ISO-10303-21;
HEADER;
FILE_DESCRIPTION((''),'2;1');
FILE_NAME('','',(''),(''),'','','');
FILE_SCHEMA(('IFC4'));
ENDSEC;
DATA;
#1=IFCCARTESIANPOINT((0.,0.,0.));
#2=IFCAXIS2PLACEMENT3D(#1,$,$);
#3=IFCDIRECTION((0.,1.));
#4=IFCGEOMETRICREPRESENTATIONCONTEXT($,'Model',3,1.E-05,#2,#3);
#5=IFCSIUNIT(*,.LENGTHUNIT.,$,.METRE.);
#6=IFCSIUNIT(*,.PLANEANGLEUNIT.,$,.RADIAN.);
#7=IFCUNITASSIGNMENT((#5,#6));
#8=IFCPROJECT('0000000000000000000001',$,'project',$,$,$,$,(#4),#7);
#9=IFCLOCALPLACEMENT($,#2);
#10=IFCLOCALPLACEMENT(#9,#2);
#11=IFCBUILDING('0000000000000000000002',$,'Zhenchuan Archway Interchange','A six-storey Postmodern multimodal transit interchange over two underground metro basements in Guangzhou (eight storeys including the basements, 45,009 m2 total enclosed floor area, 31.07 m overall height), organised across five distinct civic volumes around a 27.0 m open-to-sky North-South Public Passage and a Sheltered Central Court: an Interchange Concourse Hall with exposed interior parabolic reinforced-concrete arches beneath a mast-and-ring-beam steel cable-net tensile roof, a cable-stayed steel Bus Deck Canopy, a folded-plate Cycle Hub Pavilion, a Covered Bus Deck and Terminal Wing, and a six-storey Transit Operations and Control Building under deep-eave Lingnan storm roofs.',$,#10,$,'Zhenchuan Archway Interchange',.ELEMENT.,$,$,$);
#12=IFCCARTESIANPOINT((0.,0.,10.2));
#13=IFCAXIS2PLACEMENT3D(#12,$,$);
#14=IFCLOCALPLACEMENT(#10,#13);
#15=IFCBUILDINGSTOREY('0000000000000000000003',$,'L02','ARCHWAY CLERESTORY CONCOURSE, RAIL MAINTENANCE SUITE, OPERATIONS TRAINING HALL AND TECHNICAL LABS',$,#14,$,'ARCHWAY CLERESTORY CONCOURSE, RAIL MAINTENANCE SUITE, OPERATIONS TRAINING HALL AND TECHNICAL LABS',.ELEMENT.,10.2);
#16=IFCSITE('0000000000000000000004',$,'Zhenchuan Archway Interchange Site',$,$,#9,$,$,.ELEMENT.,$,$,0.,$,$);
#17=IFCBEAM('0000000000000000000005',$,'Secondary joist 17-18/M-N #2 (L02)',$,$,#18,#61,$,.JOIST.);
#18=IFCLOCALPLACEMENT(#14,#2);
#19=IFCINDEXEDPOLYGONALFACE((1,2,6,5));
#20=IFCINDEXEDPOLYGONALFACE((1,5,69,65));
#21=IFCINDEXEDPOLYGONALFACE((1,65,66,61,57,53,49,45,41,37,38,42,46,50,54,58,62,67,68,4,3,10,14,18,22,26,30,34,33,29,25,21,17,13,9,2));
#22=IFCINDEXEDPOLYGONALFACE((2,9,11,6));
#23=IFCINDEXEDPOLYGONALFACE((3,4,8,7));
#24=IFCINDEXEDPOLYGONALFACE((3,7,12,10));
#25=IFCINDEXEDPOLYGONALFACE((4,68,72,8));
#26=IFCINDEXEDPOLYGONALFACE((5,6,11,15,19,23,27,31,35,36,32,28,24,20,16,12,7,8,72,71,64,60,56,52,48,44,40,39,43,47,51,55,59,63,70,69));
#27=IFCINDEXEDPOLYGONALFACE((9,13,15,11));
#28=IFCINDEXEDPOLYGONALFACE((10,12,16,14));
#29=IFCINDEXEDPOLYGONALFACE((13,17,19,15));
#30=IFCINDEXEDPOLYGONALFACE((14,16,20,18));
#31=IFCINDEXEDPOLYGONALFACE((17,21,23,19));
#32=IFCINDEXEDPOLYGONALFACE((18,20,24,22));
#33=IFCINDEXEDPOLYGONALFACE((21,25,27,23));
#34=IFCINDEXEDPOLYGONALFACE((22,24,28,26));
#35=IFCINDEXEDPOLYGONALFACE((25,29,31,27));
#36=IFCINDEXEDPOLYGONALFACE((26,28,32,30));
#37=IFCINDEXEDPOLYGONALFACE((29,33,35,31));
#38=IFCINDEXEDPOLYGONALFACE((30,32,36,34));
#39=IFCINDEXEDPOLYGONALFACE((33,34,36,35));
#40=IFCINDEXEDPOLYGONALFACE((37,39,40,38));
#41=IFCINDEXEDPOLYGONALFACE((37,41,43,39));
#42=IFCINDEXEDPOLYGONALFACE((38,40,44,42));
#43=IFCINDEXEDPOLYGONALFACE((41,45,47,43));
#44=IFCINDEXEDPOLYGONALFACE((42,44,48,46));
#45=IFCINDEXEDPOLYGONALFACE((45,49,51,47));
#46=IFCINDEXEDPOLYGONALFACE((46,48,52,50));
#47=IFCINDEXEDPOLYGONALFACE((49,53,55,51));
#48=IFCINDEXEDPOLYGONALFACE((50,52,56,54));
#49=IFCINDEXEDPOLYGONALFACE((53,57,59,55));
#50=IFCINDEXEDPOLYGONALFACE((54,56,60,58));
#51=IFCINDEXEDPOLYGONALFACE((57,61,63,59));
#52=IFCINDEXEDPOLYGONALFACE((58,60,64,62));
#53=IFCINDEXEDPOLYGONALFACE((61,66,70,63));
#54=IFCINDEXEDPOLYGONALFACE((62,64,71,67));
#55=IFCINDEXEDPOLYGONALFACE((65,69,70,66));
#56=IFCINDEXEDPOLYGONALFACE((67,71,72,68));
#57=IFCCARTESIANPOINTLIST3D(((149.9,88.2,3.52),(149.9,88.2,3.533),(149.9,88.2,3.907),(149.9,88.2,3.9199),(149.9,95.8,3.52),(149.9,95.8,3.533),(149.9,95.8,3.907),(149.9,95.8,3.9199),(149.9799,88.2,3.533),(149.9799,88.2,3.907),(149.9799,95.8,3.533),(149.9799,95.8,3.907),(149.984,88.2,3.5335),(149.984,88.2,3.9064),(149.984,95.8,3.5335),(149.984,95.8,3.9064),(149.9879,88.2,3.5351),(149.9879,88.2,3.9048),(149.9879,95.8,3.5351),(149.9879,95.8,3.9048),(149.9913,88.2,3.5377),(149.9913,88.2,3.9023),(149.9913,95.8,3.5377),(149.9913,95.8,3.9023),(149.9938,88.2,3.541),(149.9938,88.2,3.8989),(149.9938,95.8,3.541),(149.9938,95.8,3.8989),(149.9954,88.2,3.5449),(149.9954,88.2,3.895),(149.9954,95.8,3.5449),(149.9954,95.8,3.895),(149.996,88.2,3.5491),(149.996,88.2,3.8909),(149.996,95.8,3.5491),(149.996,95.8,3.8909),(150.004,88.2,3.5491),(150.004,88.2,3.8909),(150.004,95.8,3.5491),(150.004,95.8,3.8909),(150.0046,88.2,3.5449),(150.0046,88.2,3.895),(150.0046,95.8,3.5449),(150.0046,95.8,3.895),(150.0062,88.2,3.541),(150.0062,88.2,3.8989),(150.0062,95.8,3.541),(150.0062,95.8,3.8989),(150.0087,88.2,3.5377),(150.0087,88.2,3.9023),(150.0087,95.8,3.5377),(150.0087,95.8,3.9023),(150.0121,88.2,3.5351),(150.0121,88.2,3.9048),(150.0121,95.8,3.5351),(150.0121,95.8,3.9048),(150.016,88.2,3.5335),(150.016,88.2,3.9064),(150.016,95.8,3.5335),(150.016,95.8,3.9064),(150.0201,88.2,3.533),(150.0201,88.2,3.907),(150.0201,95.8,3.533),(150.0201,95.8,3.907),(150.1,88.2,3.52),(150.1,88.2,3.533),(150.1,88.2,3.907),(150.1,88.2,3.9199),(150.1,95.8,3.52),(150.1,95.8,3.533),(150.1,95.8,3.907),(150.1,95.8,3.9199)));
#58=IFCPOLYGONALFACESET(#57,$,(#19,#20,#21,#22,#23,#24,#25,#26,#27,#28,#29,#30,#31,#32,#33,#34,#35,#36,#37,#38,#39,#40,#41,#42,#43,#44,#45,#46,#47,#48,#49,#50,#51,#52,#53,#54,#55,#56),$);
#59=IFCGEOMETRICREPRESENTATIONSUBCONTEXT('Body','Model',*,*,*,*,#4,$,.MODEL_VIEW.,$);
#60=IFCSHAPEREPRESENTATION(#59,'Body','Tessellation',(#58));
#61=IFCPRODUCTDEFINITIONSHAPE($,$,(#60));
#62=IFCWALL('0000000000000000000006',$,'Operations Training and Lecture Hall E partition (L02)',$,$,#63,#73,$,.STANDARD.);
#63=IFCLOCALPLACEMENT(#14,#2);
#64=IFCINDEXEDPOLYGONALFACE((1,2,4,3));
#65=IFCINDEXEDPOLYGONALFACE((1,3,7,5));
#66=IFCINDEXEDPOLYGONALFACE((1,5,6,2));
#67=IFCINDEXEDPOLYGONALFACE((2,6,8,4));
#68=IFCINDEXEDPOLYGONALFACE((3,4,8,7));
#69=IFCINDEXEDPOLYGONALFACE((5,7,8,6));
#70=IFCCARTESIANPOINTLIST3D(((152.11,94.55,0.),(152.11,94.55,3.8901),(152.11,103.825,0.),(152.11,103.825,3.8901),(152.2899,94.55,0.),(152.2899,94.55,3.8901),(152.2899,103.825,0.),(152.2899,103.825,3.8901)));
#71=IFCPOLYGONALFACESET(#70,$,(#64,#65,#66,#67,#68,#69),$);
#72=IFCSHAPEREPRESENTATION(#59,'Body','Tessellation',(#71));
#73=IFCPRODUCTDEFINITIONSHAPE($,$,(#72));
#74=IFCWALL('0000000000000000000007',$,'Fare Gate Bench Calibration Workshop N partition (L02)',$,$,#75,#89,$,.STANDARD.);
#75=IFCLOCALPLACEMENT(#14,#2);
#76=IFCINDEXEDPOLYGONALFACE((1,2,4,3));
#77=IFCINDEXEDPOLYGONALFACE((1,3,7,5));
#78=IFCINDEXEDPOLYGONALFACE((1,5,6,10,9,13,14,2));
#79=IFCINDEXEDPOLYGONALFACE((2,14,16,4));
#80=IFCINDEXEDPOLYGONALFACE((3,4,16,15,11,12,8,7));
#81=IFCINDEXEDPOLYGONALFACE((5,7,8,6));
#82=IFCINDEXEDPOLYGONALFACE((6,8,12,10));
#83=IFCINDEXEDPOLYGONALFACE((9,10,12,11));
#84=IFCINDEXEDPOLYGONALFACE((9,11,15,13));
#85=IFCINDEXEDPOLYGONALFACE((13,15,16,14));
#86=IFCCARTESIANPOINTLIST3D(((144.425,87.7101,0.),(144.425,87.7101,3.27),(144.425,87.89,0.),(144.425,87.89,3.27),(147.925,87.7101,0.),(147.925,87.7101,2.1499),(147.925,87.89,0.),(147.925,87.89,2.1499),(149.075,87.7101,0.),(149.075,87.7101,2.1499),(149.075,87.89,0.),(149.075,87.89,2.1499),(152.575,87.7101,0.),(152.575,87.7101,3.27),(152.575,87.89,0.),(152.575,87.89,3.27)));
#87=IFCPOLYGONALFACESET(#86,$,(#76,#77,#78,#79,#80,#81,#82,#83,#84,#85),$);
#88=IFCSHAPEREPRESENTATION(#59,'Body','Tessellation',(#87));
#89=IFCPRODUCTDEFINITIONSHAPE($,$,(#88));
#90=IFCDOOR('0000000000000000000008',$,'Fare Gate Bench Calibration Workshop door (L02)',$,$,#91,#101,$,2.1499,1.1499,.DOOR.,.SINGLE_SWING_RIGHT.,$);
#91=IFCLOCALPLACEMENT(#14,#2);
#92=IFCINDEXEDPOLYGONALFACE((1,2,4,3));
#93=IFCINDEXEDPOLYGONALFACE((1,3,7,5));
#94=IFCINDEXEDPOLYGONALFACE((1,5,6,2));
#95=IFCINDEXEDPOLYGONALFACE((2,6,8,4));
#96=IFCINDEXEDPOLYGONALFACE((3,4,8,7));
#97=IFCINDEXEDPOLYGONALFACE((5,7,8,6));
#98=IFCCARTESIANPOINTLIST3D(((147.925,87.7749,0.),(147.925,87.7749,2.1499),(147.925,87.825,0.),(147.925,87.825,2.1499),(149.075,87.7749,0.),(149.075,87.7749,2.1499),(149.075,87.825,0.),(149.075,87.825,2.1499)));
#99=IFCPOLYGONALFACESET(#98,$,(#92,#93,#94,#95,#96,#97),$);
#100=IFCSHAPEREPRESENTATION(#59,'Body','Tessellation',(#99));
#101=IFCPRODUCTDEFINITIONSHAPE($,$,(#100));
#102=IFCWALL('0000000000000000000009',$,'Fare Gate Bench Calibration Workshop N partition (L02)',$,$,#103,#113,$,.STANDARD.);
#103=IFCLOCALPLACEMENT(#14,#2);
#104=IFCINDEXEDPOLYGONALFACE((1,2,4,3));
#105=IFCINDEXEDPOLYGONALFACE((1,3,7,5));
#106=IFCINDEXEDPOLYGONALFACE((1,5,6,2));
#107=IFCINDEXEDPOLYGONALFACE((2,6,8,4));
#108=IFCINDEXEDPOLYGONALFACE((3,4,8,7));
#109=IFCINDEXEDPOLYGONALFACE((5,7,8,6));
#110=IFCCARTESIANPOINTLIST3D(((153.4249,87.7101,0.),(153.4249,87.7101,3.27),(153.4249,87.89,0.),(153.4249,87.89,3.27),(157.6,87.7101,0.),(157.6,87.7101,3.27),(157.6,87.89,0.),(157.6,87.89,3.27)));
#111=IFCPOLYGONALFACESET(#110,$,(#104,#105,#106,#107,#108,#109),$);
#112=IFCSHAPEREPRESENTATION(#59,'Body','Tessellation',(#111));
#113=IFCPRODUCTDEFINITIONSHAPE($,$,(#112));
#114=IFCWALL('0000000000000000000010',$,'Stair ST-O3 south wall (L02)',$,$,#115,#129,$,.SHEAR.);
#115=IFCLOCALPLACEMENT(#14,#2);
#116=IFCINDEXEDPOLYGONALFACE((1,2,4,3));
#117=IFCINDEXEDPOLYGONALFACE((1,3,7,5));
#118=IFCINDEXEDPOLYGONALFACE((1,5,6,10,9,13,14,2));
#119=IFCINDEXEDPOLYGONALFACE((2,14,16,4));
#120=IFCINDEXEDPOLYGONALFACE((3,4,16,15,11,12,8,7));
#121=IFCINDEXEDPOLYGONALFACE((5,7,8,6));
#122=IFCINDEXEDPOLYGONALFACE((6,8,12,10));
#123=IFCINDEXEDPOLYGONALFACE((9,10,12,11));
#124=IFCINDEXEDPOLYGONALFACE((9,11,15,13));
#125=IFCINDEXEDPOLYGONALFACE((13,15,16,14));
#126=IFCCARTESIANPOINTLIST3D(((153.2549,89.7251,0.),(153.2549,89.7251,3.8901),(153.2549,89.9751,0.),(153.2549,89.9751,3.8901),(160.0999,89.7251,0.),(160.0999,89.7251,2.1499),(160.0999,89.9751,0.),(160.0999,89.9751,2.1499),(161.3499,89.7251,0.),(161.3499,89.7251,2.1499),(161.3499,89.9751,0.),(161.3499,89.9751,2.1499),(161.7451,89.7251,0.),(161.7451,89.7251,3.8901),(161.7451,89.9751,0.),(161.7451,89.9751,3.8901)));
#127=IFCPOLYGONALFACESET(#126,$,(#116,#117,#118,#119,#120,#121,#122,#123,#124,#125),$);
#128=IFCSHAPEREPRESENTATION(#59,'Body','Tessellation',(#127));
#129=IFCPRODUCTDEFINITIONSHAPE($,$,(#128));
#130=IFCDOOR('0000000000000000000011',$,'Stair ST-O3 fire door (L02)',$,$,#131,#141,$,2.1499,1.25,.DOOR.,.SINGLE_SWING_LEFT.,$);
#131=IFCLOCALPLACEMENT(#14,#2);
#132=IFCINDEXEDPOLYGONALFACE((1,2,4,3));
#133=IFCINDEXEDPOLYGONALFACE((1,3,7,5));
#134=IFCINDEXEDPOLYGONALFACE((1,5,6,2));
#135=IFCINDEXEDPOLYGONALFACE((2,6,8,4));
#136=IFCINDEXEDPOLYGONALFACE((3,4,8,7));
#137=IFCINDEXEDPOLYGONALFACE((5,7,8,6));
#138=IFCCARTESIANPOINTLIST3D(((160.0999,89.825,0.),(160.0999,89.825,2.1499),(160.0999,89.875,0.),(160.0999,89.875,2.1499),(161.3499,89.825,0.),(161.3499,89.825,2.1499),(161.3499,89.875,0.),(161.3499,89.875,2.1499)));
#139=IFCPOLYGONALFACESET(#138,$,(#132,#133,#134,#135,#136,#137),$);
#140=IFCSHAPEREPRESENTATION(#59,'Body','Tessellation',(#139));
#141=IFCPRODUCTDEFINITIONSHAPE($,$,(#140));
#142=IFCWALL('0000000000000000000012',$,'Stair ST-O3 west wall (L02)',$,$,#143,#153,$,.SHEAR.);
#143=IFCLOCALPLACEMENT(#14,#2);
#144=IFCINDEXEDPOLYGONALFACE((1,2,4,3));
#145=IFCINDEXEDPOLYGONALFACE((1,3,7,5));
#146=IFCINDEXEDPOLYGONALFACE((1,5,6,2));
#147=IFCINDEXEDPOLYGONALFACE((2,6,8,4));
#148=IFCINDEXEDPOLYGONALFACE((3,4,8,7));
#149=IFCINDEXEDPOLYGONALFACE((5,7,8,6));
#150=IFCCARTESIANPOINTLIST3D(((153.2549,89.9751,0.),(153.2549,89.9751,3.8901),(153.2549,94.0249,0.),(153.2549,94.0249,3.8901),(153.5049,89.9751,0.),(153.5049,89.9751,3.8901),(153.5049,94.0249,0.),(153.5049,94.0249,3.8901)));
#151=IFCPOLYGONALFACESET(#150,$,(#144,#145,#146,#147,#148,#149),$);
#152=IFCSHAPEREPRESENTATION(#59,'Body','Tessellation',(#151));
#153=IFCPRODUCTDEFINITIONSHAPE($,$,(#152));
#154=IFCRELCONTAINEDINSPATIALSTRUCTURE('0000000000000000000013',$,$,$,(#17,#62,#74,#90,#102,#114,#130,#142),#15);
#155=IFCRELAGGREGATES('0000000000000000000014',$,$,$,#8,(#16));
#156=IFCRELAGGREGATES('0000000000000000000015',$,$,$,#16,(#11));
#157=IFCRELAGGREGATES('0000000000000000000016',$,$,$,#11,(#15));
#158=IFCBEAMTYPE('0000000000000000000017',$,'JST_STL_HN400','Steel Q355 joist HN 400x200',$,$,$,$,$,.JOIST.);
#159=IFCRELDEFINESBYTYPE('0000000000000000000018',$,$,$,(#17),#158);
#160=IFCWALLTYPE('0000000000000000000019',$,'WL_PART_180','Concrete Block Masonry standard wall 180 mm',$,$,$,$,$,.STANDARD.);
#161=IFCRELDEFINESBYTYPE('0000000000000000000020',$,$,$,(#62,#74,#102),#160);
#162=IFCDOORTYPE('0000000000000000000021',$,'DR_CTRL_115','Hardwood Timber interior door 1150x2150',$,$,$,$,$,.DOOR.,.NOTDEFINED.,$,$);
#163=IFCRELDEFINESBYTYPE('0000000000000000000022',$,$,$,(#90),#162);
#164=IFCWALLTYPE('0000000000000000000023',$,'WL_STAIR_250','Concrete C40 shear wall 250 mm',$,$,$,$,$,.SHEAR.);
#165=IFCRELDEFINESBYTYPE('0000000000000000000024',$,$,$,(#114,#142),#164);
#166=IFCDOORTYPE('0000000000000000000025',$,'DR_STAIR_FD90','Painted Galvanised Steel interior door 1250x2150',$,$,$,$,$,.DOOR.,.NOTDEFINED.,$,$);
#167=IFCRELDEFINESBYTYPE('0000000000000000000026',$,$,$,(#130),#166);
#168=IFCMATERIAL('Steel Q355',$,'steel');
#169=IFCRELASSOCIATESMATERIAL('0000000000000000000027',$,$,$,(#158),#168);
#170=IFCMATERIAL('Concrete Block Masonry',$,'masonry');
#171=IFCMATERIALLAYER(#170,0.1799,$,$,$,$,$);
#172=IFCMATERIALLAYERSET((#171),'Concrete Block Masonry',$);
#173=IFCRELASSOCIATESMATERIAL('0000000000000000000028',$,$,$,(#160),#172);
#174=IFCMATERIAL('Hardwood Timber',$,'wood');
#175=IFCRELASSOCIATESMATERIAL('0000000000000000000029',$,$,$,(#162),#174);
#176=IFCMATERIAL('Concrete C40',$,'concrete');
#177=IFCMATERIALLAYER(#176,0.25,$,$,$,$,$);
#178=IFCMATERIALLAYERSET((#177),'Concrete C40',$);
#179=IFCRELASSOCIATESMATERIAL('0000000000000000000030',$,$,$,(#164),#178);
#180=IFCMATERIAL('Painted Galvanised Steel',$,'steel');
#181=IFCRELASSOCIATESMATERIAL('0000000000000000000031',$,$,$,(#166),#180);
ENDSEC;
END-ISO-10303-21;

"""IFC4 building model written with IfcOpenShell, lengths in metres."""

from ifc_helpers import new_model, si_unit, direction, frame, frame_2d, origin, origin_2d, place, context, subcontext, project, spatial, rectangle, i_section, extrude, material, layer, layer_set, material_profile, profile_set, type_object, element, fill, save


model = new_model("IFC4")

# Units and contexts
model_context = context("Model", 3, precision=1e-05, world=origin(), true_north=direction((0.0, 1.0)))
body_context = subcontext(model_context, "Body", "Model", "MODEL_VIEW")
ifc_project = project(units=[si_unit("LENGTHUNIT", "METRE"), si_unit("PLANEANGLEUNIT", "RADIAN")], contexts=[model_context])

# Site, building, storey
site_placement = place(None, origin())
site = spatial("IfcSite", under=ifc_project, at=site_placement, Name="Zhenchuan Archway Interchange Site", CompositionType="ELEMENT", RefElevation=0.0)
building_placement = place(site_placement, origin())
building = spatial("IfcBuilding", under=site, at=building_placement, Name="Zhenchuan Archway Interchange", Description="A six-storey Postmodern multimodal transit interchange over two underground metro basements in Guangzhou (eight storeys including the basements, 45,009 m2 total enclosed floor area, 31.07 m overall height), organised across five distinct civic volumes around a 27.0 m open-to-sky North-South Public Passage and a Sheltered Central Court: an Interchange Concourse Hall with exposed interior parabolic reinforced-concrete arches beneath a mast-and-ring-beam steel cable-net tensile roof, a cable-stayed steel Bus Deck Canopy, a folded-plate Cycle Hub Pavilion, a Covered Bus Deck and Terminal Wing, and a six-storey Transit Operations and Control Building under deep-eave Lingnan storm roofs.", LongName="Zhenchuan Archway Interchange", CompositionType="ELEMENT")
storey_placement = place(building_placement, frame((0.0, 0.0, 10.2)))
storey = spatial("IfcBuildingStorey", under=building, at=storey_placement, Name="L02", Description="ARCHWAY CLERESTORY CONCOURSE, RAIL MAINTENANCE SUITE, OPERATIONS TRAINING HALL AND TECHNICAL LABS", LongName="ARCHWAY CLERESTORY CONCOURSE, RAIL MAINTENANCE SUITE, OPERATIONS TRAINING HALL AND TECHNICAL LABS", CompositionType="ELEMENT", Elevation=10.2)

# Shared definitions
ifc_material_1 = material(Name="Concrete C40", Category="concrete")

# Beam
ifc_material_2 = material(Name="Steel Q355", Category="steel")
ifc_material_profile_1 = material_profile(ifc_material_2, i_section(OverallWidth=0.2, OverallDepth=0.3999, WebThickness=0.0081, FlangeThickness=0.0129, FilletRadius=0.0161, at=origin_2d()), Name="HN 400x200")
ifc_profile_set_1 = profile_set([ifc_material_profile_1], Name="Steel Q355")
beam_type_1 = type_object("IfcBeamType", Name="JST_STL_HN400", Description="Steel Q355 joist HN 400x200", PredefinedType="JOIST", material=ifc_profile_set_1)
for number, where, z_axis, x_axis, name in (
    (1, (150.0, 88.2, 3.72), (0.0, 1.0, 0.0), (-1.0, 0.0, 0.0), "Secondary joist 17-18/M-N #2 (L02)"),
):
    element("IfcBeam", number, at=place(storey_placement, frame(where, z_axis=z_axis, x_axis=x_axis)), inside=storey, type_object=beam_type_1, Name=name, PredefinedType="JOIST", context=body_context, shape_type="SweptSolid", body=[
        extrude(i_section(OverallWidth=0.2, OverallDepth=0.3999, WebThickness=0.0081, FlangeThickness=0.0129, FilletRadius=0.0161, at=origin_2d()), origin(), (0.0, 0.0, 1.0), 7.6001),
    ])

# Wall
ifc_material_3 = material(Name="Concrete Block Masonry", Category="masonry")
ifc_layer_1 = layer(ifc_material_3, 0.1799)
ifc_layer_set_1 = layer_set([ifc_layer_1], Name="Concrete Block Masonry")
wall_type_1 = type_object("IfcWallType", Name="WL_PART_180", Description="Concrete Block Masonry standard wall 180 mm", PredefinedType="STANDARD", material=ifc_layer_set_1)
wall_1_placement = place(storey_placement, frame((152.2, 94.55, 0.0), z_axis=(0.0, 0.0, 1.0), x_axis=(0.0, 1.0, 0.0)))
element("IfcWall", 2, at=wall_1_placement, inside=storey, type_object=wall_type_1, Name="Operations Training and Lecture Hall E partition (L02)", PredefinedType="STANDARD", context=body_context, shape_type="SweptSolid", body=[
    extrude(rectangle(XDim=9.2749, YDim=0.1799, at=frame_2d((4.6375, 0.0))), origin(), (0.0, 0.0, 1.0), 3.8901),
])

# Wall, opening, door
wall_2_placement = place(storey_placement, frame((144.425, 87.8, 0.0), z_axis=(0.0, 0.0, 1.0), x_axis=(1.0, 0.0, 0.0)))
wall_2 = element("IfcWall", 3, at=wall_2_placement, inside=storey, type_object=wall_type_1, Name="Fare Gate Bench Calibration Workshop N partition (L02)", PredefinedType="STANDARD", context=body_context, shape_type="SweptSolid", body=[
    extrude(rectangle(XDim=8.1499, YDim=0.1799, at=frame_2d((4.075, 0.0))), origin(), (0.0, 0.0, 1.0), 3.27),
])
opening_1_placement = place(wall_2_placement, frame((3.5, 0.0, 0.0)))
opening_1 = element("IfcOpeningElement", 4, at=opening_1_placement, cuts=wall_2, PredefinedType="OPENING", context=body_context, shape_type="SweptSolid", body=[
    extrude(rectangle(XDim=1.1499, YDim=2.1499, at=frame_2d((0.575, 1.075))), frame((0.0, 0.1021, 0.0), z_axis=(0.0, -1.0, 0.0), x_axis=(1.0, 0.0, 0.0)), (0.0, 0.0, 1.0), 0.2039),
])
ifc_material_4 = material(Name="Hardwood Timber", Category="wood")
door_type_1 = type_object("IfcDoorType", Name="DR_CTRL_115", Description="Hardwood Timber interior door 1150x2150", OperationType="NOTDEFINED", PredefinedType="DOOR", material=ifc_material_4)
door_1_placement = place(opening_1_placement, origin())
door_1 = element("IfcDoor", 5, at=door_1_placement, inside=storey, type_object=door_type_1, Name="Fare Gate Bench Calibration Workshop door (L02)", OperationType="SINGLE_SWING_RIGHT", OverallHeight=2.1499, OverallWidth=1.1499, PredefinedType="DOOR", context=body_context, shape_type="SweptSolid", body=[
    extrude(rectangle(XDim=1.1499, YDim=2.1499, at=frame_2d((0.575, 1.075))), frame((0.0, 0.0249, 0.0), z_axis=(0.0, -1.0, 0.0), x_axis=(1.0, 0.0, 0.0)), (0.0, 0.0, 1.0), 0.05),
])
fill(opening_1, door_1)

# Wall
wall_3_placement = place(storey_placement, frame((153.425, 87.8, 0.0), z_axis=(0.0, 0.0, 1.0), x_axis=(1.0, 0.0, 0.0)))
element("IfcWall", 6, at=wall_3_placement, inside=storey, type_object=wall_type_1, Name="Fare Gate Bench Calibration Workshop N partition (L02)", PredefinedType="STANDARD", context=body_context, shape_type="SweptSolid", body=[
    extrude(rectangle(XDim=4.175, YDim=0.1799, at=frame_2d((2.0874, 0.0))), origin(), (0.0, 0.0, 1.0), 3.27),
])

# Wall, opening, door
ifc_layer_2 = layer(ifc_material_1, 0.25)
ifc_layer_set_2 = layer_set([ifc_layer_2], Name="Concrete C40")
wall_type_2 = type_object("IfcWallType", Name="WL_STAIR_250", Description="Concrete C40 shear wall 250 mm", PredefinedType="SHEAR", material=ifc_layer_set_2)
wall_4_placement = place(storey_placement, frame((153.2549, 89.8501, 0.0), z_axis=(0.0, 0.0, 1.0), x_axis=(1.0, 0.0, 0.0)))
wall_4 = element("IfcWall", 7, at=wall_4_placement, inside=storey, type_object=wall_type_2, Name="Stair ST-O3 south wall (L02)", PredefinedType="SHEAR", context=body_context, shape_type="SweptSolid", body=[
    extrude(rectangle(XDim=8.4902, YDim=0.25, at=frame_2d((4.2451, 0.0))), origin(), (0.0, 0.0, 1.0), 3.8901),
])
opening_2_placement = place(wall_4_placement, frame((6.845, 0.0, 0.0)))
opening_2 = element("IfcOpeningElement", 8, at=opening_2_placement, cuts=wall_4, PredefinedType="OPENING", context=body_context, shape_type="SweptSolid", body=[
    extrude(rectangle(XDim=1.25, YDim=2.1499, at=frame_2d((0.625, 1.075))), frame((0.0, 0.137, 0.0), z_axis=(0.0, -1.0, 0.0), x_axis=(1.0, 0.0, 0.0)), (0.0, 0.0, 1.0), 0.2739),
])
ifc_material_5 = material(Name="Painted Galvanised Steel", Category="steel")
door_type_2 = type_object("IfcDoorType", Name="DR_STAIR_FD90", Description="Painted Galvanised Steel interior door 1250x2150", OperationType="NOTDEFINED", PredefinedType="DOOR", material=ifc_material_5)
door_2_placement = place(opening_2_placement, origin())
door_2 = element("IfcDoor", 9, at=door_2_placement, inside=storey, type_object=door_type_2, Name="Stair ST-O3 fire door (L02)", OperationType="SINGLE_SWING_LEFT", OverallHeight=2.1499, OverallWidth=1.25, PredefinedType="DOOR", context=body_context, shape_type="SweptSolid", body=[
    extrude(rectangle(XDim=1.25, YDim=2.1499, at=frame_2d((0.625, 1.075))), frame((0.0, 0.0249, 0.0), z_axis=(0.0, -1.0, 0.0), x_axis=(1.0, 0.0, 0.0)), (0.0, 0.0, 1.0), 0.05),
])
fill(opening_2, door_2)

# Wall
wall_5_placement = place(storey_placement, frame((153.3799, 94.0249, 0.0), z_axis=(0.0, 0.0, 1.0), x_axis=(0.0, -1.0, 0.0)))
element("IfcWall", 10, at=wall_5_placement, inside=storey, type_object=wall_type_2, Name="Stair ST-O3 west wall (L02)", PredefinedType="SHEAR", context=body_context, shape_type="SweptSolid", body=[
    extrude(rectangle(XDim=4.0498, YDim=0.25, at=frame_2d((2.0249, 0.0))), origin(), (0.0, 0.0, 1.0), 3.8901),
])

save(model, "model.ifc")
